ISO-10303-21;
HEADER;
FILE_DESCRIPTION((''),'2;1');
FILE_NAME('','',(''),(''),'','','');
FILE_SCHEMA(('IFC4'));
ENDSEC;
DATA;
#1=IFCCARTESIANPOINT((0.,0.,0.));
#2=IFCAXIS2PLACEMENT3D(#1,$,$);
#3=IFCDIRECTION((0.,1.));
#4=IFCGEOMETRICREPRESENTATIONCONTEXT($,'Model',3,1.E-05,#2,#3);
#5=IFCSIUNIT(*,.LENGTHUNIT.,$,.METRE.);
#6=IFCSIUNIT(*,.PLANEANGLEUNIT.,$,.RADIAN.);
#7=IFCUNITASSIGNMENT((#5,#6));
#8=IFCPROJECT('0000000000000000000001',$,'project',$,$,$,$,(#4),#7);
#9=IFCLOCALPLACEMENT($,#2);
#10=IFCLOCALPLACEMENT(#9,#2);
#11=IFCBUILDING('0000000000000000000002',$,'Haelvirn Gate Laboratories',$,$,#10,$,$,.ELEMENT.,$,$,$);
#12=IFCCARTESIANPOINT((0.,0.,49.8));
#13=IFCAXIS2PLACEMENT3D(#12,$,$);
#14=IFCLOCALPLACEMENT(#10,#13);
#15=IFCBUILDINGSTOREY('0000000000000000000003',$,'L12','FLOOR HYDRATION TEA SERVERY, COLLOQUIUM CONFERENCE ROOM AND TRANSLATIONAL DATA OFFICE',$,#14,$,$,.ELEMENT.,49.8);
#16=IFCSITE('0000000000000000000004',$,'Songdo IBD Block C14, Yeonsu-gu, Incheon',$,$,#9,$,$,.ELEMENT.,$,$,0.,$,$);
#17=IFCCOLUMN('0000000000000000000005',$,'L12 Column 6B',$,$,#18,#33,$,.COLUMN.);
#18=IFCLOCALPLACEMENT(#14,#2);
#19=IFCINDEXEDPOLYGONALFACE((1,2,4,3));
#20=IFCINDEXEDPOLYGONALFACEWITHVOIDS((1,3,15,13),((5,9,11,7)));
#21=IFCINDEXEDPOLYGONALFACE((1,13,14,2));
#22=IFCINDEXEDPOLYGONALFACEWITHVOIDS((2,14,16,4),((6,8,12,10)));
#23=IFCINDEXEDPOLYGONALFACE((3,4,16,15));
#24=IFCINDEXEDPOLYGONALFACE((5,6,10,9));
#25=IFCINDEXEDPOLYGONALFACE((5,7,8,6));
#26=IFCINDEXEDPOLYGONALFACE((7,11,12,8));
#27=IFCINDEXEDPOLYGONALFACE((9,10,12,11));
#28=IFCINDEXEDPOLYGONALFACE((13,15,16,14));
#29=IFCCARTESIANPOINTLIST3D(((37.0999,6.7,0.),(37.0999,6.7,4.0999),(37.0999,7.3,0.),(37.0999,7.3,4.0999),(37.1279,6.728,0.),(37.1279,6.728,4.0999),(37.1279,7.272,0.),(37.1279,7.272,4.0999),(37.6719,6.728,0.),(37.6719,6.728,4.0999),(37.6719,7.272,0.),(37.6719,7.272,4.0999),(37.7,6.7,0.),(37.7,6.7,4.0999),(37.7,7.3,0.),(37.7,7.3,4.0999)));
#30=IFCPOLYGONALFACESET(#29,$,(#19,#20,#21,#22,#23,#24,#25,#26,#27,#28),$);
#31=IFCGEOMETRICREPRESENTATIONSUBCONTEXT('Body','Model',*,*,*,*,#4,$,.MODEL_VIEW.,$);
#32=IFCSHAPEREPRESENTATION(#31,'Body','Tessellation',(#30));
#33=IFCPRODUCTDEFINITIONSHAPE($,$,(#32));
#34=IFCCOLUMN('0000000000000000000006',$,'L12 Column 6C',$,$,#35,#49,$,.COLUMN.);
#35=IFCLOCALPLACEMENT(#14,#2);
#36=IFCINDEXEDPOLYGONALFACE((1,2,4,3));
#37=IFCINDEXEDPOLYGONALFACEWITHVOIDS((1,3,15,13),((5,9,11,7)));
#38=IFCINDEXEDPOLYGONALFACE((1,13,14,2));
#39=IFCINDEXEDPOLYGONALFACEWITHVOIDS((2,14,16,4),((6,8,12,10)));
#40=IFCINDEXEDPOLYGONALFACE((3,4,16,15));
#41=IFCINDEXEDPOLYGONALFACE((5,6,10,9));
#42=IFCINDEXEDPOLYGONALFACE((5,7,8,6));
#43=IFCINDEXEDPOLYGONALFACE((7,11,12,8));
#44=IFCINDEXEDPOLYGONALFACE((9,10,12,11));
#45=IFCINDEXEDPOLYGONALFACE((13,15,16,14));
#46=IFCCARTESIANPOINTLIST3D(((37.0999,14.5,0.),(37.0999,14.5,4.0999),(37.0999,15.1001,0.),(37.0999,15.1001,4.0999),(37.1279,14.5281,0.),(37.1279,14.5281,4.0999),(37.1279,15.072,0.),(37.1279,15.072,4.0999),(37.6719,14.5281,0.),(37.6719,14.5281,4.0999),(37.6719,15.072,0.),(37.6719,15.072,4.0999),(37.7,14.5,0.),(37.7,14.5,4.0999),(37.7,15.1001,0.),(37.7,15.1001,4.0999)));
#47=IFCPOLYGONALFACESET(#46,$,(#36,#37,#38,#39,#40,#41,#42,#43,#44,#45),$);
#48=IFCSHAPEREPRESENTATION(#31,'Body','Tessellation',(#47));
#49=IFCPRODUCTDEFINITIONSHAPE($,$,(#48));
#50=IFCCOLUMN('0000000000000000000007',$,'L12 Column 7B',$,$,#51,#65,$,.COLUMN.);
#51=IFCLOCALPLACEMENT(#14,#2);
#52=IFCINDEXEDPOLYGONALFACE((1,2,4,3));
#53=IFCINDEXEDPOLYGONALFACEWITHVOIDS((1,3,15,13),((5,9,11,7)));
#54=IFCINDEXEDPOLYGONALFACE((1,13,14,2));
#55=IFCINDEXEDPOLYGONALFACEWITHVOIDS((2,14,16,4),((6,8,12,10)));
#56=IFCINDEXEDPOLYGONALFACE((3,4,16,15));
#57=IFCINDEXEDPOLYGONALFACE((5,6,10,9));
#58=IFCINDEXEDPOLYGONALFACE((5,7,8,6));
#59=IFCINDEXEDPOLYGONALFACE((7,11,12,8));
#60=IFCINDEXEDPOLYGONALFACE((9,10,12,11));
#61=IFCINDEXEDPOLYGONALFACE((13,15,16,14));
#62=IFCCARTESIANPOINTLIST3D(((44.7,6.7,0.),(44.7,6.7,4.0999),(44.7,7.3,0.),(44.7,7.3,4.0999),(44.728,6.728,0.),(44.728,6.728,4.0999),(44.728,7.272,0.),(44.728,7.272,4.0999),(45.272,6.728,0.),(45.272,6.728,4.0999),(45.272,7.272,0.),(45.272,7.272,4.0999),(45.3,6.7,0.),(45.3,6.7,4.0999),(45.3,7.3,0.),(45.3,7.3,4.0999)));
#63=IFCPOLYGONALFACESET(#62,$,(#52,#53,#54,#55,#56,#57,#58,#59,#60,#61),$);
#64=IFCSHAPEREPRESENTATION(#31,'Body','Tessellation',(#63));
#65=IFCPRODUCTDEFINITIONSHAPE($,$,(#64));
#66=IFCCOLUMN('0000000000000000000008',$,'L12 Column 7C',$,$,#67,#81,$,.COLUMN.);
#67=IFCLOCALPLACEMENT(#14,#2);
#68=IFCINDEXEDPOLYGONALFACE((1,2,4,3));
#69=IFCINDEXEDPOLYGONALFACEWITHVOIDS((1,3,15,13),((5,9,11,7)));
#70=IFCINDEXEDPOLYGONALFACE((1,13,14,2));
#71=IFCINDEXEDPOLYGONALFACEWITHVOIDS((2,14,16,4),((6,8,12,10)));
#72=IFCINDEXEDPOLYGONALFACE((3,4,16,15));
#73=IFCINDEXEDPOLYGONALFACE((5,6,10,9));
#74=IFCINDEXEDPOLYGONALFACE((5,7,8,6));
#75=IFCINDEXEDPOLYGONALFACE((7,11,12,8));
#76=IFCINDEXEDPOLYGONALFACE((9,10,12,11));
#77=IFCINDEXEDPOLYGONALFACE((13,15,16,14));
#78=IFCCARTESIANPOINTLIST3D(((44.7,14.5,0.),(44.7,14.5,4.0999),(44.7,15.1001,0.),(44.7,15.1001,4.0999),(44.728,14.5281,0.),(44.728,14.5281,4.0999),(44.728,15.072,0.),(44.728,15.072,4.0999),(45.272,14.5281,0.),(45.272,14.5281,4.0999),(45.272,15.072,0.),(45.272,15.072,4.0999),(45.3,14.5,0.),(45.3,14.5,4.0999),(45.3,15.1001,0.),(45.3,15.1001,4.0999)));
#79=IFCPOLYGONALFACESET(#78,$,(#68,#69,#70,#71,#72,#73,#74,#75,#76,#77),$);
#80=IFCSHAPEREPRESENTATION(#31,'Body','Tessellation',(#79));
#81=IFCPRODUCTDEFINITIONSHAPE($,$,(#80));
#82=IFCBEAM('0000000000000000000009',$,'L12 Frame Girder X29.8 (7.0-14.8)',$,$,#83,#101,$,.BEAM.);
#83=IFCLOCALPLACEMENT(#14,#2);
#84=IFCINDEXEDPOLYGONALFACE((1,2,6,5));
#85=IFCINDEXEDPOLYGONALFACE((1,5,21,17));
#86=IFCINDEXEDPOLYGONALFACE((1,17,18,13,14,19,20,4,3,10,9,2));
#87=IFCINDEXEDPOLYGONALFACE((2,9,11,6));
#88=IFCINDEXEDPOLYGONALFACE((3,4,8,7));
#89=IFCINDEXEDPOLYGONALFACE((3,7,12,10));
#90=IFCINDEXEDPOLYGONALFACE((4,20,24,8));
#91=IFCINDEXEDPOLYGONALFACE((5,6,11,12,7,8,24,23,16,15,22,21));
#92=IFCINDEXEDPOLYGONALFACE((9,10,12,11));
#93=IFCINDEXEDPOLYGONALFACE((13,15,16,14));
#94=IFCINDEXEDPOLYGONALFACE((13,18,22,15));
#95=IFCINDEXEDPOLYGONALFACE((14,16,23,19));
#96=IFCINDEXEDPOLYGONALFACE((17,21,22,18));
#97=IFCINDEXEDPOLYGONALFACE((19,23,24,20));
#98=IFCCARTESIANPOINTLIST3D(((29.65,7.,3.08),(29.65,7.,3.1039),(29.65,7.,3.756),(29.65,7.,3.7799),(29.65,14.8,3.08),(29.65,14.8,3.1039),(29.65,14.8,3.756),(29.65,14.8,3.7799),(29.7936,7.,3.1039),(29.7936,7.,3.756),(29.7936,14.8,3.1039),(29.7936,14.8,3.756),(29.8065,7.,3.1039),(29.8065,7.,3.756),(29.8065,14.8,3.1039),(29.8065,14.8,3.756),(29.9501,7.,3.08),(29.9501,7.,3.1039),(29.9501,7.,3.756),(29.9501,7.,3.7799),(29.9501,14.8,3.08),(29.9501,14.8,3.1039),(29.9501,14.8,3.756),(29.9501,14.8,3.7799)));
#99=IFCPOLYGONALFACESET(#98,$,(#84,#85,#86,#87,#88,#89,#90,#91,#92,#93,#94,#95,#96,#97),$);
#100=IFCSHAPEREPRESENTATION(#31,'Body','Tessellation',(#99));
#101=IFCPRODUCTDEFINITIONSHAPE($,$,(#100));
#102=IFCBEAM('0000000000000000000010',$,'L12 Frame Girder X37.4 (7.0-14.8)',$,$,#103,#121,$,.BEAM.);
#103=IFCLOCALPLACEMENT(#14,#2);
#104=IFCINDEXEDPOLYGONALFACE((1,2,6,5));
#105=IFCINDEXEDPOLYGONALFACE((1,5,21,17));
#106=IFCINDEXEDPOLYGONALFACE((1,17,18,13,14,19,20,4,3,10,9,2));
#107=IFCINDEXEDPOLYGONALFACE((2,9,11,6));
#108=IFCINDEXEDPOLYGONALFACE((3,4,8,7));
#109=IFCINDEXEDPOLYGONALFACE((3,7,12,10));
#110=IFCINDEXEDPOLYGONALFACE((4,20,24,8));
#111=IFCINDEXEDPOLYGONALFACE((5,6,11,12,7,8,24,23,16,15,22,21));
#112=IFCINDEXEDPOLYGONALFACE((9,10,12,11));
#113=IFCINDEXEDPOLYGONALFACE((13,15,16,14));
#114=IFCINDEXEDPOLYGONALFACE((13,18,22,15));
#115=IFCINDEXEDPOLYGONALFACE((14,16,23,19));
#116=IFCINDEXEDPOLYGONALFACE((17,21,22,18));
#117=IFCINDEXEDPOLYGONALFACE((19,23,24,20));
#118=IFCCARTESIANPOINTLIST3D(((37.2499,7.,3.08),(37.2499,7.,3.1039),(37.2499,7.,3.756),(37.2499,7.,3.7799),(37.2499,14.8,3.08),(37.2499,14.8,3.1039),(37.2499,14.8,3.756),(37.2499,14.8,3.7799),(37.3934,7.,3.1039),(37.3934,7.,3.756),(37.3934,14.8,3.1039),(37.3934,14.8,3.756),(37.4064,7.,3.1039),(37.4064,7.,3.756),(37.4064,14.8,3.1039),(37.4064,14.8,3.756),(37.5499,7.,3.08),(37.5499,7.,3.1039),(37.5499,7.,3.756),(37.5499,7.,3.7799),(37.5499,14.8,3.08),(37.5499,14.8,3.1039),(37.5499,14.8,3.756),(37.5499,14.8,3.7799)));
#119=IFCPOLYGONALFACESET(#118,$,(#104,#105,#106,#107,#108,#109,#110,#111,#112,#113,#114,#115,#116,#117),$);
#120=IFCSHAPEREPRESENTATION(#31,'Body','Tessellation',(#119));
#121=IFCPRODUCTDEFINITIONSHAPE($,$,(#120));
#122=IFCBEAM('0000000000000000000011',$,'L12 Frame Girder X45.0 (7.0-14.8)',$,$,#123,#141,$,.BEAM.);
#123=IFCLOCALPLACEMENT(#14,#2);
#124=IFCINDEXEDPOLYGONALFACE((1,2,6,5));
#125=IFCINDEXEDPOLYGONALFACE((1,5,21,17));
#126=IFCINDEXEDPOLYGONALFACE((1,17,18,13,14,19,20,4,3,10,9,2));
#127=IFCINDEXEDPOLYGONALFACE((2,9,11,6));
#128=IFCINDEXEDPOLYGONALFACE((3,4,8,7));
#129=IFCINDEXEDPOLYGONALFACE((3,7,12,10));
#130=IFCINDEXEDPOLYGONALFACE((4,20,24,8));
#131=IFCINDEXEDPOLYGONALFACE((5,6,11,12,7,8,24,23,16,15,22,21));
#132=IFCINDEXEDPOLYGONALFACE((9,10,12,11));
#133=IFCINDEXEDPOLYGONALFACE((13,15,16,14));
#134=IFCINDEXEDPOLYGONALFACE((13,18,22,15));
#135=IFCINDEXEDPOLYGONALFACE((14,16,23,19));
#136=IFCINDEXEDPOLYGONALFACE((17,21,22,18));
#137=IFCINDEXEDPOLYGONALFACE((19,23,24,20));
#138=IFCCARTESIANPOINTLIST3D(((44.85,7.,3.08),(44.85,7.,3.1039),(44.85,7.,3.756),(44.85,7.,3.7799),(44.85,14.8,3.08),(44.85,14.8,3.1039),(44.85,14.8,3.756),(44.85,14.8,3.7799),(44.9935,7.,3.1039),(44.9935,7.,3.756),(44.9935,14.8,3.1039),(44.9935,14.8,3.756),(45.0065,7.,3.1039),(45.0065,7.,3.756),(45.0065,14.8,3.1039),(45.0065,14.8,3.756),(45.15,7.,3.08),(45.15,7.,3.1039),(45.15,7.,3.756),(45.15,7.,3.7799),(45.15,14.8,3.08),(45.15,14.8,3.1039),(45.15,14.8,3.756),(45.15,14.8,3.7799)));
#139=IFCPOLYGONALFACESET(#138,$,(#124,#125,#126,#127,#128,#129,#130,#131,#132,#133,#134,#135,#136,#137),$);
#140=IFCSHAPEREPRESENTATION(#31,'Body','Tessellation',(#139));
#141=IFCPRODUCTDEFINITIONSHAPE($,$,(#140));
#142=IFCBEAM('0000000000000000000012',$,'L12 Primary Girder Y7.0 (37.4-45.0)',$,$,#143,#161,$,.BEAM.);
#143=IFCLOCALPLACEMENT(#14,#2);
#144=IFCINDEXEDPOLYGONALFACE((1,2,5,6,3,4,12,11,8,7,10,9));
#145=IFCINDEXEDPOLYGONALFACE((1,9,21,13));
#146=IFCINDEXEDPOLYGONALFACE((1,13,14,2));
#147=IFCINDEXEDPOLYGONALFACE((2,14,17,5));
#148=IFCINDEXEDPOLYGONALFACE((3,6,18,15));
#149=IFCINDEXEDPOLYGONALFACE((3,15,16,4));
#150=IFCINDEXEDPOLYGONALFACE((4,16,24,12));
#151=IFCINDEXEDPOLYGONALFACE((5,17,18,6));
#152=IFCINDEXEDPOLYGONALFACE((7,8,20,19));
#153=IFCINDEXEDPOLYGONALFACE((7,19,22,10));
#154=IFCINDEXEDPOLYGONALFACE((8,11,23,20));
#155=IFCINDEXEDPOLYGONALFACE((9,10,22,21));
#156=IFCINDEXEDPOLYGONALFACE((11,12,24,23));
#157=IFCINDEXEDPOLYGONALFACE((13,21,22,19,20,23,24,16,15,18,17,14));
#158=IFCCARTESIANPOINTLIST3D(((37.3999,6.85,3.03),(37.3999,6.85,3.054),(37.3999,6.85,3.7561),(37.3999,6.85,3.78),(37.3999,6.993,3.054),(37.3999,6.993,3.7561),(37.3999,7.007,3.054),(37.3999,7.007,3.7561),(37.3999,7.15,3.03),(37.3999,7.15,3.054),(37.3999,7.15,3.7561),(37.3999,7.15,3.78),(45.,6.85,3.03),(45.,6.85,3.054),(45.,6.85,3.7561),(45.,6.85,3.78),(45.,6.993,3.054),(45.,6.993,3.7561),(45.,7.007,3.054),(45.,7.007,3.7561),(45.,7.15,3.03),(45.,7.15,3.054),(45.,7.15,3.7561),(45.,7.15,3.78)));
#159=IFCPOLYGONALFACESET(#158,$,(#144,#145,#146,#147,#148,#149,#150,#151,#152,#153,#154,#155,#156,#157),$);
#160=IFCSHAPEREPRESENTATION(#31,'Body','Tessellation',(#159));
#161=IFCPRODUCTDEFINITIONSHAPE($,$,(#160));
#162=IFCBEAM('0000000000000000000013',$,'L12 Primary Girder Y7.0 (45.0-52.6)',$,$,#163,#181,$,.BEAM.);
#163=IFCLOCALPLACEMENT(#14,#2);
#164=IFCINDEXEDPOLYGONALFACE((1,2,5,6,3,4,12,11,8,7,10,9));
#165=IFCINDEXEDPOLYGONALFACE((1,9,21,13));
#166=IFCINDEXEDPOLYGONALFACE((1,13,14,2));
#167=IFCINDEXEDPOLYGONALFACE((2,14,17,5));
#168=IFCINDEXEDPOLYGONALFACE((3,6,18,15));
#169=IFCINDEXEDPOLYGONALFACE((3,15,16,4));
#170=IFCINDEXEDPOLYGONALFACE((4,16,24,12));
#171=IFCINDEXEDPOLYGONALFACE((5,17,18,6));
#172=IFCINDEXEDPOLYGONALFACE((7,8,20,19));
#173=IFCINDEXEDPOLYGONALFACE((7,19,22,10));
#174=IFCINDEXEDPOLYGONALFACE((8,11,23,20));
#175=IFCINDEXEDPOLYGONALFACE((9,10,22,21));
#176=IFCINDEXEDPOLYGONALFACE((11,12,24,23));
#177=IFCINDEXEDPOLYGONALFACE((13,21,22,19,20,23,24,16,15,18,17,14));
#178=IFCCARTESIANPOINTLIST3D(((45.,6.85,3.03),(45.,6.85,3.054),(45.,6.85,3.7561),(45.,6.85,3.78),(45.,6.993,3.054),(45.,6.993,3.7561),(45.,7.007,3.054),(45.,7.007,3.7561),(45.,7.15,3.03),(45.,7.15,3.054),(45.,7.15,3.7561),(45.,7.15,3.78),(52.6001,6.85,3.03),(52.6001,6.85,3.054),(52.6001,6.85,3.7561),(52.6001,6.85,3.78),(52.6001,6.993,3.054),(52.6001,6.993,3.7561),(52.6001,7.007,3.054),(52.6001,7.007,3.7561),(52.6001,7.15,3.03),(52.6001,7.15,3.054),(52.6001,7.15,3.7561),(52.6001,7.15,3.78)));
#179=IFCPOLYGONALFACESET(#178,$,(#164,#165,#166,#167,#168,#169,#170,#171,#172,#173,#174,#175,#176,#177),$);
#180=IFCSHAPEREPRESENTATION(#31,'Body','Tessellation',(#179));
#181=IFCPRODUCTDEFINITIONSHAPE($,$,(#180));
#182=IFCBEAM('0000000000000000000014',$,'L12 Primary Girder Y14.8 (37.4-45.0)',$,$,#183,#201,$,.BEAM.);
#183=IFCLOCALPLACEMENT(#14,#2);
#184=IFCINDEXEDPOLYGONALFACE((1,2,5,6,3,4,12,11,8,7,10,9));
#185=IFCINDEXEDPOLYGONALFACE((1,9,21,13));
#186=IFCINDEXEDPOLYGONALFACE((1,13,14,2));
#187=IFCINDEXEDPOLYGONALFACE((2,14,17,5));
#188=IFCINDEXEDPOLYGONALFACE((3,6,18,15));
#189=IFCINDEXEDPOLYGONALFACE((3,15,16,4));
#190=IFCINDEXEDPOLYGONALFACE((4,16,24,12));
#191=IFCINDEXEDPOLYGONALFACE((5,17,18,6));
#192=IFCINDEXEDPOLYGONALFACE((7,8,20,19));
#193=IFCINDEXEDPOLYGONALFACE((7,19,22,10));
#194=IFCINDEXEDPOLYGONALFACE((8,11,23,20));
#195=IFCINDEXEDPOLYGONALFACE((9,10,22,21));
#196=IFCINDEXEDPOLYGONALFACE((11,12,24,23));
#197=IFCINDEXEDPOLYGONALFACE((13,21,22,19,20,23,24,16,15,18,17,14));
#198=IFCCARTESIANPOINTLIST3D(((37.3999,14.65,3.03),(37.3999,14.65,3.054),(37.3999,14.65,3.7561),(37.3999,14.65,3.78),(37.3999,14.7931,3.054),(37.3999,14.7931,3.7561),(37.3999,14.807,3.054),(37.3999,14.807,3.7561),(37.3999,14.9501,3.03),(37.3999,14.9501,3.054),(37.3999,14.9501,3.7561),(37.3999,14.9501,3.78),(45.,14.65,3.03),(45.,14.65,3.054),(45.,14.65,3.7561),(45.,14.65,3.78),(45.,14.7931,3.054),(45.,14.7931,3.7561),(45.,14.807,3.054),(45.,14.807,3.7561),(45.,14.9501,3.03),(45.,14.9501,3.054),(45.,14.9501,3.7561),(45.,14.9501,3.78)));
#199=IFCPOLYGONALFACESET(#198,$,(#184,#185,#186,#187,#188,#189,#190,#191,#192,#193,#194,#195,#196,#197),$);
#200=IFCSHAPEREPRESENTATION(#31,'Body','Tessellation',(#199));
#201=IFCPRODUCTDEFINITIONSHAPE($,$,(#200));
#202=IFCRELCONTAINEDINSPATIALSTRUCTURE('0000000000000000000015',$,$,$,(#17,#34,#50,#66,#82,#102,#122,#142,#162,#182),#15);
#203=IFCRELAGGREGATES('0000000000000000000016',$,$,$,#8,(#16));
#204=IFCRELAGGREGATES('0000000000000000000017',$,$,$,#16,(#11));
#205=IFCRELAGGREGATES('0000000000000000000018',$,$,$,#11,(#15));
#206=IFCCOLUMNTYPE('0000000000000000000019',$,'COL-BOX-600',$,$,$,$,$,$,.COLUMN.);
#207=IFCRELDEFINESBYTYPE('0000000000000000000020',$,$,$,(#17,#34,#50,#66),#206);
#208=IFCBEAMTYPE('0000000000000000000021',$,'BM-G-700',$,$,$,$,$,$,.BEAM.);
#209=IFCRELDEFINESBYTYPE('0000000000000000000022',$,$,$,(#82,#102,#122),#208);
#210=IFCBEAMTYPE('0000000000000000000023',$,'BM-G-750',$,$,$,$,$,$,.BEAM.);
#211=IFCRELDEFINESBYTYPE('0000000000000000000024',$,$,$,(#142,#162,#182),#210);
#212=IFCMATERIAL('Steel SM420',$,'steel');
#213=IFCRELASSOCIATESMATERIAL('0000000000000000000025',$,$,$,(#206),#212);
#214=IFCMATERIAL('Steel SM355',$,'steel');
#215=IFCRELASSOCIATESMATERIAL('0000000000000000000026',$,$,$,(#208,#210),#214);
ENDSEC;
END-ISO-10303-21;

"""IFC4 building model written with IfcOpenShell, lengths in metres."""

from ifc_helpers import new_model, si_unit, direction, frame, origin, origin_2d, place, context, subcontext, project, spatial, hollow_rectangle, i_section, extrude, source, transform, mapped, material, material_profile, profile_set, type_object, type_shapes, element, save


model = new_model("IFC4")

# Units and contexts
model_context = context("Model", 3, precision=1e-05, world=origin(), true_north=direction((0.0, 1.0)))
body_context = subcontext(model_context, "Body", "Model", "MODEL_VIEW")
ifc_project = project(units=[si_unit("LENGTHUNIT", "METRE"), si_unit("PLANEANGLEUNIT", "RADIAN")], contexts=[model_context])

# Site, building, storey
site_placement = place(None, origin())
site = spatial("IfcSite", under=ifc_project, at=site_placement, Name="Songdo IBD Block C14, Yeonsu-gu, Incheon", CompositionType="ELEMENT", RefElevation=0.0)
building_placement = place(site_placement, origin())
building = spatial("IfcBuilding", under=site, at=building_placement, Name="Haelvirn Gate Laboratories", CompositionType="ELEMENT")
storey_placement = place(building_placement, frame((0.0, 0.0, 49.8)))
storey = spatial("IfcBuildingStorey", under=building, at=storey_placement, Name="L12", Description="FLOOR HYDRATION TEA SERVERY, COLLOQUIUM CONFERENCE ROOM AND TRANSLATIONAL DATA OFFICE", CompositionType="ELEMENT", Elevation=49.8)

# Columns
ifc_material_1 = material(Name="Steel SM420", Category="steel")
ifc_material_profile_1 = material_profile(ifc_material_1, hollow_rectangle(XDim=0.6001, YDim=0.6001, WallThickness=0.0281, at=origin_2d()), Name="BOX-600x600x28")
ifc_profile_set_1 = profile_set([ifc_material_profile_1], Name="Steel SM420")
column_type = type_object("IfcColumnType", Name="COL-BOX-600", PredefinedType="COLUMN", material=ifc_profile_set_1)
shared_shape_1 = source(origin(), body_context, "Body", "SweptSolid", [
    extrude(hollow_rectangle(XDim=0.6001, YDim=0.6001, WallThickness=0.0281, at=origin_2d()), origin(), (0.0, 0.0, 1.0), 4.0999),
])
type_shapes(column_type, [shared_shape_1])
for number, where, z_axis, x_axis, name in (
    (1, (37.3999, 7.0, 0.0), (0.0, 0.0, 1.0), (1.0, 0.0, 0.0), "L12 Column 6B"),
    (2, (37.3999, 14.8, 0.0), (0.0, 0.0, 1.0), (1.0, 0.0, 0.0), "L12 Column 6C"),
    (3, (45.0, 7.0, 0.0), (0.0, 0.0, 1.0), (1.0, 0.0, 0.0), "L12 Column 7B"),
    (4, (45.0, 14.8, 0.0), (0.0, 0.0, 1.0), (1.0, 0.0, 0.0), "L12 Column 7C"),
):
    element("IfcColumn", number, at=place(storey_placement, frame(where, z_axis=z_axis, x_axis=x_axis)), inside=storey, type_object=column_type, Name=name, PredefinedType="COLUMN", context=body_context, shape_type="MappedRepresentation", body=[
        mapped(shared_shape_1, transform((0.0, 0.0, 0.0), scale=1.0)),
    ])

# Beams
ifc_material_2 = material(Name="Steel SM355", Category="steel")
ifc_material_profile_2 = material_profile(ifc_material_2, i_section(OverallWidth=0.3, OverallDepth=0.7, WebThickness=0.0129, FlangeThickness=0.0239, at=origin_2d()), Name="H-700x300x13x24")
ifc_profile_set_2 = profile_set([ifc_material_profile_2], Name="Steel SM355")
beam_type_1 = type_object("IfcBeamType", Name="BM-G-700", PredefinedType="BEAM", material=ifc_profile_set_2)
shared_shape_2 = source(origin(), body_context, "Body", "SweptSolid", [
    extrude(i_section(OverallWidth=0.3, OverallDepth=0.7, WebThickness=0.0129, FlangeThickness=0.0239, at=origin_2d()), origin(), (0.0, 0.0, 1.0), 7.8),
])
type_shapes(beam_type_1, [shared_shape_2])
for number, where, z_axis, x_axis, name in (
    (5, (29.8, 7.0, 3.4299), (0.0, 1.0, 0.0), (-1.0, 0.0, 0.0), "L12 Frame Girder X29.8 (7.0-14.8)"),
    (6, (37.3999, 7.0, 3.4299), (0.0, 1.0, 0.0), (-1.0, 0.0, 0.0), "L12 Frame Girder X37.4 (7.0-14.8)"),
    (7, (45.0, 7.0, 3.4299), (0.0, 1.0, 0.0), (-1.0, 0.0, 0.0), "L12 Frame Girder X45.0 (7.0-14.8)"),
):
    element("IfcBeam", number, at=place(storey_placement, frame(where, z_axis=z_axis, x_axis=x_axis)), inside=storey, type_object=beam_type_1, Name=name, PredefinedType="BEAM", context=body_context, shape_type="MappedRepresentation", body=[
        mapped(shared_shape_2, transform((0.0, 0.0, 0.0), scale=1.0)),
    ])
ifc_material_profile_3 = material_profile(ifc_material_2, i_section(OverallWidth=0.3, OverallDepth=0.75, WebThickness=0.0139, FlangeThickness=0.0239, at=origin_2d()), Name="H-750x300x14x24")
ifc_profile_set_3 = profile_set([ifc_material_profile_3], Name="Steel SM355")
beam_type_2 = type_object("IfcBeamType", Name="BM-G-750", PredefinedType="BEAM", material=ifc_profile_set_3)
shared_shape_3 = source(origin(), body_context, "Body", "SweptSolid", [
    extrude(i_section(OverallWidth=0.3, OverallDepth=0.75, WebThickness=0.0139, FlangeThickness=0.0239, at=origin_2d()), origin(), (0.0, 0.0, 1.0), 7.6001),
])
type_shapes(beam_type_2, [shared_shape_3])
for number, where, z_axis, x_axis, name in (
    (8, (37.3999, 7.0, 3.405), (1.0, 0.0, 0.0), (0.0, 1.0, 0.0), "L12 Primary Girder Y7.0 (37.4-45.0)"),
    (9, (45.0, 7.0, 3.405), (1.0, 0.0, 0.0), (0.0, 1.0, 0.0), "L12 Primary Girder Y7.0 (45.0-52.6)"),
    (10, (37.3999, 14.8, 3.405), (1.0, 0.0, 0.0), (0.0, 1.0, 0.0), "L12 Primary Girder Y14.8 (37.4-45.0)"),
):
    element("IfcBeam", number, at=place(storey_placement, frame(where, z_axis=z_axis, x_axis=x_axis)), inside=storey, type_object=beam_type_2, Name=name, PredefinedType="BEAM", context=body_context, shape_type="MappedRepresentation", body=[
        mapped(shared_shape_3, transform((0.0, 0.0, 0.0), scale=1.0)),
    ])

save(model, "model.ifc")
